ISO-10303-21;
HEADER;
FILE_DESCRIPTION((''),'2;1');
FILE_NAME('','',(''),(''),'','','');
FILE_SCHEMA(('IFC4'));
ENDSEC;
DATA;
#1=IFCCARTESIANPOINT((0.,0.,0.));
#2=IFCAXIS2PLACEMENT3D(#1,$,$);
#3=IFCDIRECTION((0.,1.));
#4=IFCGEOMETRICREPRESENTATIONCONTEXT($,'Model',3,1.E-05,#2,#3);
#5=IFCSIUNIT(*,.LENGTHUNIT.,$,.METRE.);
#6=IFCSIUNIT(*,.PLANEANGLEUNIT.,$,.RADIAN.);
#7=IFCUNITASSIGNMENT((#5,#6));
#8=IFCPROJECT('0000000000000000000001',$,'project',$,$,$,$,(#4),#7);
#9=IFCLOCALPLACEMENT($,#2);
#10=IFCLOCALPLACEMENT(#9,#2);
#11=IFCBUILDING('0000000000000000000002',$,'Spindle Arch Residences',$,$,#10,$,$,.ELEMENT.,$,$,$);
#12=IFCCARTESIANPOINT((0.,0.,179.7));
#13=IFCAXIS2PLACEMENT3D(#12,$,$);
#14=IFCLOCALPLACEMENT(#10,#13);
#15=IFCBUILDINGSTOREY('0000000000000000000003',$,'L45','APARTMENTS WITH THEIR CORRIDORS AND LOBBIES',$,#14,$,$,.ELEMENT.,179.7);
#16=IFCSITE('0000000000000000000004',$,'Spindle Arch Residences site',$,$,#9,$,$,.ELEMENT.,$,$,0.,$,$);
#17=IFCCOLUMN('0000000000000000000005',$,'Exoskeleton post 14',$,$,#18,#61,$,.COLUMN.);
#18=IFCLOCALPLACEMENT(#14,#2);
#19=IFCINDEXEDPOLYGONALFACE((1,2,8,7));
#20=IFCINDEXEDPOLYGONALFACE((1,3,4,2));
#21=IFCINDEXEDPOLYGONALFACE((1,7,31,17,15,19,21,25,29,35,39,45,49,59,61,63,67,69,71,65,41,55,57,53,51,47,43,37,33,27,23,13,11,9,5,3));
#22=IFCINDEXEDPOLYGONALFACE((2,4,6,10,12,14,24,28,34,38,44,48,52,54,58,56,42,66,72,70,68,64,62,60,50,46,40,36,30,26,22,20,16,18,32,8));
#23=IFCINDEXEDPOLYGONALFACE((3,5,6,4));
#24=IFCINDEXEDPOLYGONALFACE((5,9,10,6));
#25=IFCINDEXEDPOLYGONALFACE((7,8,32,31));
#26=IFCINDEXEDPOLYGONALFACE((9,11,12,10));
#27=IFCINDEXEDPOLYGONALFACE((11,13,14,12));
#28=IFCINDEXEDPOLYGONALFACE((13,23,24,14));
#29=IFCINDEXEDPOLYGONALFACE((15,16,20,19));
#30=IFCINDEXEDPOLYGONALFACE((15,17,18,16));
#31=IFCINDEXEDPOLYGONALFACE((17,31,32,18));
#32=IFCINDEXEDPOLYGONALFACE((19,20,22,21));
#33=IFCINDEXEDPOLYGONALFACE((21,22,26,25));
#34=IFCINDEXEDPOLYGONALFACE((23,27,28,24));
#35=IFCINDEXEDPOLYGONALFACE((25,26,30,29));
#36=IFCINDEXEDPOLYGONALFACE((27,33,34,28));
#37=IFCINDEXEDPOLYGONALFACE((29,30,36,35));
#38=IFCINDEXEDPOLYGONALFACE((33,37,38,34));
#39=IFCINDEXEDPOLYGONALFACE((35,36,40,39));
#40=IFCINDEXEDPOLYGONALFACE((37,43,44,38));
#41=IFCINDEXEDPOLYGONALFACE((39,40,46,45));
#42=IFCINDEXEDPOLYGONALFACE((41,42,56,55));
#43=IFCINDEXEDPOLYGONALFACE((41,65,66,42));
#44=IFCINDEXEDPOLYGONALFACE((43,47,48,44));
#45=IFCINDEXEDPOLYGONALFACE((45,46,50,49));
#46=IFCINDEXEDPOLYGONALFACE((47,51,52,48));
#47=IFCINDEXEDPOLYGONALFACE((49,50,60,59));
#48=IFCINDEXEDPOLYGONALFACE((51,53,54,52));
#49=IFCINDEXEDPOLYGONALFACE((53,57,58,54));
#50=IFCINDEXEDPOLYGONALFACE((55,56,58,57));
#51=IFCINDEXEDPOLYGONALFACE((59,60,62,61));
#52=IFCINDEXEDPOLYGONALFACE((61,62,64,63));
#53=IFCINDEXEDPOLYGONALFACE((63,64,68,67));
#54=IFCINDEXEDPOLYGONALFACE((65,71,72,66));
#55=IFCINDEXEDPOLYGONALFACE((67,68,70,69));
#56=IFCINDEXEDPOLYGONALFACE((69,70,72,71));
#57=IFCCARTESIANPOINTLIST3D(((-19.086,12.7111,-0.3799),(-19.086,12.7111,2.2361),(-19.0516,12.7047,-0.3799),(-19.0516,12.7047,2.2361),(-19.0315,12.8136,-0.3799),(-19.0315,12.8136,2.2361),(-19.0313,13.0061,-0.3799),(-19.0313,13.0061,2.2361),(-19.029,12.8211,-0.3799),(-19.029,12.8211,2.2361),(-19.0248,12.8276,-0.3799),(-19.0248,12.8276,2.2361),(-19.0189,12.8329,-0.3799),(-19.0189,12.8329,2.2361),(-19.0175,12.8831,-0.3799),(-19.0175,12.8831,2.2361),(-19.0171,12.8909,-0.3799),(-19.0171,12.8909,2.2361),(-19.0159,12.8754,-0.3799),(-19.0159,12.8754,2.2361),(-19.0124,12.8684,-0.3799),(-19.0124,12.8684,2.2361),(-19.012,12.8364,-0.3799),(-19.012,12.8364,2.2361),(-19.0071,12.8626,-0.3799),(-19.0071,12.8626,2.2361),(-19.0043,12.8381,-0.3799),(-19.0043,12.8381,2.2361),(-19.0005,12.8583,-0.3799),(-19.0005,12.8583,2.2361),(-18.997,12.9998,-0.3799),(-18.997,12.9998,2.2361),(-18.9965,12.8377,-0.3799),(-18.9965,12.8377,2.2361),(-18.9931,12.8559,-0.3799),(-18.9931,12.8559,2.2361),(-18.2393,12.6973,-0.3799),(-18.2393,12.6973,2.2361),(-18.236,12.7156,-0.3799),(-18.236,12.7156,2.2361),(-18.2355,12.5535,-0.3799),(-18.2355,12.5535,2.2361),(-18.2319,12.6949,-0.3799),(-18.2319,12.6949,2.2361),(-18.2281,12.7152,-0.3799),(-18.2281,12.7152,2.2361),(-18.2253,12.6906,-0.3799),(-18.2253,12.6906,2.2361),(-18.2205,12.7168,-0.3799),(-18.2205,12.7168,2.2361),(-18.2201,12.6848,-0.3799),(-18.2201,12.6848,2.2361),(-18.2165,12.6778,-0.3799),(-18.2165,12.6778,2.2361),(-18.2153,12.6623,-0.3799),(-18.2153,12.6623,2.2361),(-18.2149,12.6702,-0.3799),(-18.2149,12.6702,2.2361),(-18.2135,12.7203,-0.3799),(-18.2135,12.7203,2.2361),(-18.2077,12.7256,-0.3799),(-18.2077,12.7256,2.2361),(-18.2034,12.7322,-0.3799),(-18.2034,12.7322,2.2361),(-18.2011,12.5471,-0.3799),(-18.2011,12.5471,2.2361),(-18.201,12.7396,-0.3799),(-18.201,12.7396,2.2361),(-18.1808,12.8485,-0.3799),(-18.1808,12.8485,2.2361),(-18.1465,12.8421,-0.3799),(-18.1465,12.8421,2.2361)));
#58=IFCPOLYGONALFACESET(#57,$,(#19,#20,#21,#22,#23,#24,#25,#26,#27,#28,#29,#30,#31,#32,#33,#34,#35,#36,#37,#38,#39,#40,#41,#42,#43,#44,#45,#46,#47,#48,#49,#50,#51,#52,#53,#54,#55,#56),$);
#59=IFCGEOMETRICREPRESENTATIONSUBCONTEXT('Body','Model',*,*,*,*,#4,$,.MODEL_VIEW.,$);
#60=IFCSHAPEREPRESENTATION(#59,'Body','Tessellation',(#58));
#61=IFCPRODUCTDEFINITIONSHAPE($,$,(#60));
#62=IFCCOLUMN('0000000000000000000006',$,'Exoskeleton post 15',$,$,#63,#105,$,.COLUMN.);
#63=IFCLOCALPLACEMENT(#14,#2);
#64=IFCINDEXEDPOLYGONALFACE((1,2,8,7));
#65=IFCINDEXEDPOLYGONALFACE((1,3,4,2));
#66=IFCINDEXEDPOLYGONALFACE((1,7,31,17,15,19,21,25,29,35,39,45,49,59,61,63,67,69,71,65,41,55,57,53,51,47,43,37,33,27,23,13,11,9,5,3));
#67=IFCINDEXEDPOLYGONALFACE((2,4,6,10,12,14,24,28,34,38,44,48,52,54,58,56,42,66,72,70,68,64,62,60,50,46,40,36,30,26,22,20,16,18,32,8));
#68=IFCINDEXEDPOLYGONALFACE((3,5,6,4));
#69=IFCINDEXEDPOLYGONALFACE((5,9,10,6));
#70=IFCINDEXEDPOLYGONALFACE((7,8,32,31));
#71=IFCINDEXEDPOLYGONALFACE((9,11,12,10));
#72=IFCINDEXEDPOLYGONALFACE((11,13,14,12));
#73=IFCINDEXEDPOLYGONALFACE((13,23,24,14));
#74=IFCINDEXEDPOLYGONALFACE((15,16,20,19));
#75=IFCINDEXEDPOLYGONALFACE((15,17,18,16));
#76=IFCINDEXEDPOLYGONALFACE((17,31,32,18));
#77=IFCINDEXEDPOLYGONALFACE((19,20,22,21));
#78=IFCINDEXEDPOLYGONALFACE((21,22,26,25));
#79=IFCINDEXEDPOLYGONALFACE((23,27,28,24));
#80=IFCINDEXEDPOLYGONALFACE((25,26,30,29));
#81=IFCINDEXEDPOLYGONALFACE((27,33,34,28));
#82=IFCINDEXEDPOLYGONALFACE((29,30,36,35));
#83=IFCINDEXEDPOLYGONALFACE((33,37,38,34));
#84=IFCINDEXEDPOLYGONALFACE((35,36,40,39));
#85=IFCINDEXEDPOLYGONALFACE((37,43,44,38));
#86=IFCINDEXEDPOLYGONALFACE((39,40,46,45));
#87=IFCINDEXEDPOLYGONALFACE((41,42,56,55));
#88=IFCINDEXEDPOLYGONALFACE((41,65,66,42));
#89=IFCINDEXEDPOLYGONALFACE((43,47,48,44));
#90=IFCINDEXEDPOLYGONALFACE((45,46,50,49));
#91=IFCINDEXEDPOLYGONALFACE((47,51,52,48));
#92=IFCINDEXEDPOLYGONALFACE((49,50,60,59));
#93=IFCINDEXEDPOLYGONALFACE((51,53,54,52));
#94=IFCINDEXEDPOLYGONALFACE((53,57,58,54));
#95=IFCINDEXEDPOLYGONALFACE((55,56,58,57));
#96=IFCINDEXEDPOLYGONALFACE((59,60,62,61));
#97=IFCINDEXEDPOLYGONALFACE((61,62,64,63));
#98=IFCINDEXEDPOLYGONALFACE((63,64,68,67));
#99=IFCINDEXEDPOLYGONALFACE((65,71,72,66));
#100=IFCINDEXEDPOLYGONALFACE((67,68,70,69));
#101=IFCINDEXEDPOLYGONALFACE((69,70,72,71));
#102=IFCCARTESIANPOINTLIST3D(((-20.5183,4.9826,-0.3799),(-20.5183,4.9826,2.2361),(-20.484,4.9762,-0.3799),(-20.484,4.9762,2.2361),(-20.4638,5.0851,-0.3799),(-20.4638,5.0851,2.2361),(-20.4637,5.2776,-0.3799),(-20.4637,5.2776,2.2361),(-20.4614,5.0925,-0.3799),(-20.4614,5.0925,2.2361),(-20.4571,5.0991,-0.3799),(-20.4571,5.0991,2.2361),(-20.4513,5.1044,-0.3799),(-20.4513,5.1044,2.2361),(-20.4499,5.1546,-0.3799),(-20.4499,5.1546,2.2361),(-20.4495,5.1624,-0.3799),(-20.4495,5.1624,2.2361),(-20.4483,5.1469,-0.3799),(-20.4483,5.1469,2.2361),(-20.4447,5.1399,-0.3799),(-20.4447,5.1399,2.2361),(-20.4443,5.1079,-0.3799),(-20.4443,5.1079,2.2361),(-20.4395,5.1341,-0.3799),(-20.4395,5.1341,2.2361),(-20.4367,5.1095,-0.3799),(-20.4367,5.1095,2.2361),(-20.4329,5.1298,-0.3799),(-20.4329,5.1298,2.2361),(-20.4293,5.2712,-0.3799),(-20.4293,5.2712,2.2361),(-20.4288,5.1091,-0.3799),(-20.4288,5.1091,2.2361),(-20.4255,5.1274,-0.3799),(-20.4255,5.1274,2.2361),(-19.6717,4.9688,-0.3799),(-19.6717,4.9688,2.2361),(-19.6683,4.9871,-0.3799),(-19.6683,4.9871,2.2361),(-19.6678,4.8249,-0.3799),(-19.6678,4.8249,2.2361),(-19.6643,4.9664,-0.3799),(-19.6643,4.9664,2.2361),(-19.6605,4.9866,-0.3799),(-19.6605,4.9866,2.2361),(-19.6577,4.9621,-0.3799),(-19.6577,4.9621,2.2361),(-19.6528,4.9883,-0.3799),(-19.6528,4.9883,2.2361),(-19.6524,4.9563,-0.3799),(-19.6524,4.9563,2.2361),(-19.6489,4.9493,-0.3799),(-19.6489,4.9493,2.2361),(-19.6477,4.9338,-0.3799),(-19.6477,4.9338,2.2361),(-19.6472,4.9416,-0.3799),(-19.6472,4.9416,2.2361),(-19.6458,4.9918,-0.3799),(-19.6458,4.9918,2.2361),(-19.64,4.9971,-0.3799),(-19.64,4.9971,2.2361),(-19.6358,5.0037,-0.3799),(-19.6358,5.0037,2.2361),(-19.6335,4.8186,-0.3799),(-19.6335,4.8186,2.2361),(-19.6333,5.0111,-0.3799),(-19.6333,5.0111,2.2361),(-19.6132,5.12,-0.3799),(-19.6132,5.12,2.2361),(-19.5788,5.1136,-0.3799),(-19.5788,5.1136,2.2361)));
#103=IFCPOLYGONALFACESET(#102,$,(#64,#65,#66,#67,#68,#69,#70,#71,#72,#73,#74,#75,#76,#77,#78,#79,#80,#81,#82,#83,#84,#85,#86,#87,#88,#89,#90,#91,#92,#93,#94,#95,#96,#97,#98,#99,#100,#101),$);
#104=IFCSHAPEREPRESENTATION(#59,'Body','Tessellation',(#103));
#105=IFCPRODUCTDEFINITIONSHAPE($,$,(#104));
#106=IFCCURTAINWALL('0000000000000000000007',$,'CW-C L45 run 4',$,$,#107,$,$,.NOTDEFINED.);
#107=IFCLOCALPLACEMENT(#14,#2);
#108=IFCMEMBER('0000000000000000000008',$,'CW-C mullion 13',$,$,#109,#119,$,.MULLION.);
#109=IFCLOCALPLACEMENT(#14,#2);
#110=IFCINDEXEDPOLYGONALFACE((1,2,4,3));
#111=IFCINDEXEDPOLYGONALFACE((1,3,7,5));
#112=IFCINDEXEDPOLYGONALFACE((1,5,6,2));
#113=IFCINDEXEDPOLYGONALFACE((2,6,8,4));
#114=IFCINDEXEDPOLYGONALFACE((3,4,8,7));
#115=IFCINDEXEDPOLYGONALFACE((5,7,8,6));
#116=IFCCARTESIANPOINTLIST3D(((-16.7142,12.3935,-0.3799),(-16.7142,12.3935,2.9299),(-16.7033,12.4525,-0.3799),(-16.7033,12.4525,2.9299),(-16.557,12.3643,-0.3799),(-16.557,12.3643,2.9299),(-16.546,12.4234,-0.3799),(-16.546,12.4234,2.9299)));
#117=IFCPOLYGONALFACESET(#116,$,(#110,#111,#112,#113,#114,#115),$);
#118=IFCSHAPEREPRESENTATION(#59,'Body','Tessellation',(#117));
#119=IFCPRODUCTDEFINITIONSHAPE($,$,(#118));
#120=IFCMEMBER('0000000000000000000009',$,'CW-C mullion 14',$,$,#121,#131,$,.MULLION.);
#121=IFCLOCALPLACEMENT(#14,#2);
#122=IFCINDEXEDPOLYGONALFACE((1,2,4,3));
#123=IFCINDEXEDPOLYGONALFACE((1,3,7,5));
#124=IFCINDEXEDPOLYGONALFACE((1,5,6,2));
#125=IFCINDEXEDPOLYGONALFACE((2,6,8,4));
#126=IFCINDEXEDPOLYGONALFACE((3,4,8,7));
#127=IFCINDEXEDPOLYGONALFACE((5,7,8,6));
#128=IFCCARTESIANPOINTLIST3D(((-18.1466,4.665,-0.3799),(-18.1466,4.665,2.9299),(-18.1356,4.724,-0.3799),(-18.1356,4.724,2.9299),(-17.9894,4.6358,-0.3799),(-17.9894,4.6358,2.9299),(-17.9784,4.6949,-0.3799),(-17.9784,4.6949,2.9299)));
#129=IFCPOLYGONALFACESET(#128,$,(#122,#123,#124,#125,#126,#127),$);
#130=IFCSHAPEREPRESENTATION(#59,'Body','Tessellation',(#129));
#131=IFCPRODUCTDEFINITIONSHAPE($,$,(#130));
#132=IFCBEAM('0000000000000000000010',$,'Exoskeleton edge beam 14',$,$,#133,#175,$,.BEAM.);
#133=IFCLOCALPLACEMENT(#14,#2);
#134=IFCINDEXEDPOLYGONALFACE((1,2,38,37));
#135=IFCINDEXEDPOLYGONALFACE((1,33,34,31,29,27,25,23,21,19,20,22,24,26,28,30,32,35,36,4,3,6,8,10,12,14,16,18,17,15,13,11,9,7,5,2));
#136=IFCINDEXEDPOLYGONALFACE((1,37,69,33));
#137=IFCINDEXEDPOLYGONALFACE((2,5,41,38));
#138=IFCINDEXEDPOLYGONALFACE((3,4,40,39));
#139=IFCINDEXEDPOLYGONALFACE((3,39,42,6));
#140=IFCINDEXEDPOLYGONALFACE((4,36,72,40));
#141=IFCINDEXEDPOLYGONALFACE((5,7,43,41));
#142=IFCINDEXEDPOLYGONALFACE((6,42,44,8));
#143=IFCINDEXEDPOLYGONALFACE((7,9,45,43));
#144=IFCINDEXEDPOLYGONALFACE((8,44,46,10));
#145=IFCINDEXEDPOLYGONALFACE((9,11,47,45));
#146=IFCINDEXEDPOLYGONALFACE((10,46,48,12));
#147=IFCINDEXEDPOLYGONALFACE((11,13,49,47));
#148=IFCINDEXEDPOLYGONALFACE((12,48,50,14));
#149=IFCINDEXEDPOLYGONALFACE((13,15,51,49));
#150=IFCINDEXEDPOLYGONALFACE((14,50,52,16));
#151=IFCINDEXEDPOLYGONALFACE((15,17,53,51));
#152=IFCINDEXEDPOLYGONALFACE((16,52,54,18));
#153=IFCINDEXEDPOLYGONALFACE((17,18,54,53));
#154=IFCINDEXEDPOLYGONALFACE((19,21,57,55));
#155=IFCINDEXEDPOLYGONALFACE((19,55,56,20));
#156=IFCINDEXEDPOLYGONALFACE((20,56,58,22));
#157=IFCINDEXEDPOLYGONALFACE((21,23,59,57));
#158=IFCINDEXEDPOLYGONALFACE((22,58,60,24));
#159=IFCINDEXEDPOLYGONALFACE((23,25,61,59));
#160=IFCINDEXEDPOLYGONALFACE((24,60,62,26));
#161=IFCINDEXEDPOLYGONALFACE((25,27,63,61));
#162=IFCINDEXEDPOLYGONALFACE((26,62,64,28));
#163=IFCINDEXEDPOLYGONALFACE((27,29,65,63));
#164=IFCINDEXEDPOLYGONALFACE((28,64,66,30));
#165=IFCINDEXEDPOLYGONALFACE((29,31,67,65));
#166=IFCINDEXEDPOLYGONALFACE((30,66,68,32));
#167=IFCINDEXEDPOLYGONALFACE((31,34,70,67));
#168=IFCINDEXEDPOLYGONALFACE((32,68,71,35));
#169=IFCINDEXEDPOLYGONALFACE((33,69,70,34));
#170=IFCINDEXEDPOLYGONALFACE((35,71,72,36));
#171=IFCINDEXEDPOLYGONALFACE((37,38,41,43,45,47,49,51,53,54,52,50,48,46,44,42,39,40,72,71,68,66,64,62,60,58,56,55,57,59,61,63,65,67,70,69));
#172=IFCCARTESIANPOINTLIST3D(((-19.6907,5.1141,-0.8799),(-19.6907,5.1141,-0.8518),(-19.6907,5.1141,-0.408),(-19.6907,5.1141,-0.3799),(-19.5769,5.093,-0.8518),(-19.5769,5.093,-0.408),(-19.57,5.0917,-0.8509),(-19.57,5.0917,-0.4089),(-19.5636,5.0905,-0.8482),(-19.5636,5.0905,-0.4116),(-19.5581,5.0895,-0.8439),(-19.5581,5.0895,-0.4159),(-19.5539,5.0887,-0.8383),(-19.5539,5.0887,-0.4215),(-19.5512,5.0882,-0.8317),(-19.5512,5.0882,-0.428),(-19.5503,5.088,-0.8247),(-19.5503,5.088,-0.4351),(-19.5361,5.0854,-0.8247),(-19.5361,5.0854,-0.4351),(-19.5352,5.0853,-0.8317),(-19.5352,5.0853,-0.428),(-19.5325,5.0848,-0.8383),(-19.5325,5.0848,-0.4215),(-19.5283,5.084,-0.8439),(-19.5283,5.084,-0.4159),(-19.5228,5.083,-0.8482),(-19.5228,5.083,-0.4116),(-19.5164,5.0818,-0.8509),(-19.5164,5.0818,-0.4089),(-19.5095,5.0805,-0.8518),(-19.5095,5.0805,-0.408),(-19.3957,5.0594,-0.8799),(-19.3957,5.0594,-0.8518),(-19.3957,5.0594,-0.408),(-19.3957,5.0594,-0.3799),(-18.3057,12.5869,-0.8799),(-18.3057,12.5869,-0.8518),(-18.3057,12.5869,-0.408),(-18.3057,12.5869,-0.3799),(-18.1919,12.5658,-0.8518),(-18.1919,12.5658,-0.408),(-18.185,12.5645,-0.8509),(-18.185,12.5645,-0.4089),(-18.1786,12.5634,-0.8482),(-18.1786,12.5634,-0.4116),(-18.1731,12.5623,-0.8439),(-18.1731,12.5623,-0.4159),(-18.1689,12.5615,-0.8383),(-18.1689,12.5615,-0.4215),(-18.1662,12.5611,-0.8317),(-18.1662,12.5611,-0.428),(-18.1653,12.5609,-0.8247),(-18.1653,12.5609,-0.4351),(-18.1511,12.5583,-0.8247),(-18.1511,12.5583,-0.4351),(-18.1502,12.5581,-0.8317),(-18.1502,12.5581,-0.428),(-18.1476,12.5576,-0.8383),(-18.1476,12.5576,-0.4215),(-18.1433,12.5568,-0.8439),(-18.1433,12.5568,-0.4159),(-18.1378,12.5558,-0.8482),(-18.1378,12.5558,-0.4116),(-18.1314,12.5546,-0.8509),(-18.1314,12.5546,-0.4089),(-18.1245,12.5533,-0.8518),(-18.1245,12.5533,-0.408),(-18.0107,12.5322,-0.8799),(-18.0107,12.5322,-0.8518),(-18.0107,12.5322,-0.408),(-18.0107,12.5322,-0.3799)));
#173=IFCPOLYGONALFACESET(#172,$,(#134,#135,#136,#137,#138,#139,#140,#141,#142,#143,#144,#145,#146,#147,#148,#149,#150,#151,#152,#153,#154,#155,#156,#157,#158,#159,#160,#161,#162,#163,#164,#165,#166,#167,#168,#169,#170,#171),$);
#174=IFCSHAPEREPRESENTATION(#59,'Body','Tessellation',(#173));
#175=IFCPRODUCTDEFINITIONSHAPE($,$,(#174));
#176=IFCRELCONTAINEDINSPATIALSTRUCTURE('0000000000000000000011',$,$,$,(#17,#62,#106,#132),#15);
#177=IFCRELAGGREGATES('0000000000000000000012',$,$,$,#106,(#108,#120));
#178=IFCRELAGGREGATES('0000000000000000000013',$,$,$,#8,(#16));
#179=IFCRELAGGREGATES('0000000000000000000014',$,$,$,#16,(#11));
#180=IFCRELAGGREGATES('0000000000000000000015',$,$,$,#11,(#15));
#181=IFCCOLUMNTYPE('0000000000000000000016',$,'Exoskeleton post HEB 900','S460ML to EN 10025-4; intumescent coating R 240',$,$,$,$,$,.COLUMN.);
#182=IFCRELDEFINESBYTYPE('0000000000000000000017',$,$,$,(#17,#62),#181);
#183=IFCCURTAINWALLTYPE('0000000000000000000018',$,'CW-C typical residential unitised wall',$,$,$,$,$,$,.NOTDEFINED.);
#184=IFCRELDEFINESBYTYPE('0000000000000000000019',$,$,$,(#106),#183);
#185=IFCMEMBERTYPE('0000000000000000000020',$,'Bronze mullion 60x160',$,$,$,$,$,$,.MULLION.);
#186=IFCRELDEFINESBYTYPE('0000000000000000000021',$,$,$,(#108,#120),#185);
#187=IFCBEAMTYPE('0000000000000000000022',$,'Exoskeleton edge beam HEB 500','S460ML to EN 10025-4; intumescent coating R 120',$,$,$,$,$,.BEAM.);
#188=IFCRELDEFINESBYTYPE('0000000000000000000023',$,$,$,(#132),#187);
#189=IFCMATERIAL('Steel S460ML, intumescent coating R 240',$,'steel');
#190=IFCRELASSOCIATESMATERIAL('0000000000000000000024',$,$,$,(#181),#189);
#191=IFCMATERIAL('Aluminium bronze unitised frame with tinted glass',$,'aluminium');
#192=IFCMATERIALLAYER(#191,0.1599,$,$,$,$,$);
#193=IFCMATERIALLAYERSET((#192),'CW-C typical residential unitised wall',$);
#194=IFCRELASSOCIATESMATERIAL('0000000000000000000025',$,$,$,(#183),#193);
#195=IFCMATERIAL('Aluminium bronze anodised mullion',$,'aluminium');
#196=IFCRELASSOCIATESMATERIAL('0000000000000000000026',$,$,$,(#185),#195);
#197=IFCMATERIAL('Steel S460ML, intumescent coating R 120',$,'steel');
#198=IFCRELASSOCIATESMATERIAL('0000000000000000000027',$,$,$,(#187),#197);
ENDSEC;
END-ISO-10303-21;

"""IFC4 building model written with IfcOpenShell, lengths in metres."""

from ifc_helpers import new_model, si_unit, direction, frame, origin, origin_2d, place, context, subcontext, project, spatial, rectangle, i_section, extrude, material, layer, layer_set, material_profile, profile_set, type_object, element, aggregate, save


model = new_model("IFC4")

# Units and contexts
model_context = context("Model", 3, precision=1e-05, world=origin(), true_north=direction((0.0, 1.0)))
body_context = subcontext(model_context, "Body", "Model", "MODEL_VIEW")
ifc_project = project(units=[si_unit("LENGTHUNIT", "METRE"), si_unit("PLANEANGLEUNIT", "RADIAN")], contexts=[model_context])

# Site, building, storey
site_placement = place(None, origin())
site = spatial("IfcSite", under=ifc_project, at=site_placement, Name="Spindle Arch Residences site", CompositionType="ELEMENT", RefElevation=0.0)
building_placement = place(site_placement, origin())
building = spatial("IfcBuilding", under=site, at=building_placement, Name="Spindle Arch Residences", CompositionType="ELEMENT")
storey_placement = place(building_placement, frame((0.0, 0.0, 179.7)))
storey = spatial("IfcBuildingStorey", under=building, at=storey_placement, Name="L45", Description="APARTMENTS WITH THEIR CORRIDORS AND LOBBIES", CompositionType="ELEMENT", Elevation=179.7)

# Columns
ifc_material_1 = material(Name="Steel S460ML, intumescent coating R 240", Category="steel")
ifc_material_profile_1 = material_profile(ifc_material_1, i_section(OverallWidth=0.3, OverallDepth=0.8999, WebThickness=0.0186, FlangeThickness=0.0349, FilletRadius=0.03, at=origin_2d()), Name="HEB 900")
ifc_profile_set_1 = profile_set([ifc_material_profile_1], Name="Steel S460ML, intumescent coating R 240")
column_type = type_object("IfcColumnType", Name="Exoskeleton post HEB 900", Description="S460ML to EN 10025-4; intumescent coating R 240", PredefinedType="COLUMN", material=ifc_profile_set_1)
for number, where, z_axis, x_axis, name in (
    (1, (-18.6162, 12.7766, -0.3799), (0.0, 0.0, 1.0), (0.182236, 0.983255, 0.0), "Exoskeleton post 14"),
    (2, (-20.0486, 5.0481, -0.3799), (0.0, 0.0, 1.0), (0.182236, 0.983255, 0.0), "Exoskeleton post 15"),
):
    element("IfcColumn", number, at=place(storey_placement, frame(where, z_axis=z_axis, x_axis=x_axis)), inside=storey, type_object=column_type, Name=name, PredefinedType="COLUMN", context=body_context, shape_type="SweptSolid", body=[
        extrude(i_section(OverallWidth=0.3, OverallDepth=0.8999, WebThickness=0.0186, FlangeThickness=0.0349, FilletRadius=0.03, at=origin_2d()), origin(), (0.0, 0.0, 1.0), 2.616),
    ])

# Curtain wall, members
ifc_material_2 = material(Name="Aluminium bronze unitised frame with tinted glass", Category="aluminium")
ifc_layer_1 = layer(ifc_material_2, 0.1599)
ifc_layer_set_1 = layer_set([ifc_layer_1], Name="CW-C typical residential unitised wall")
curtain_wall_type = type_object("IfcCurtainWallType", Name="CW-C typical residential unitised wall", PredefinedType="NOTDEFINED", material=ifc_layer_set_1)
curtain_wall_placement = place(storey_placement, origin())
curtain_wall = element("IfcCurtainWall", 3, at=curtain_wall_placement, inside=storey, type_object=curtain_wall_type, Name="CW-C L45 run 4", PredefinedType="NOTDEFINED")
ifc_material_3 = material(Name="Aluminium bronze anodised mullion", Category="aluminium")
ifc_material_profile_2 = material_profile(ifc_material_3, rectangle(XDim=0.1599, YDim=0.0601, at=origin_2d()), Name="MU 60x160")
ifc_profile_set_2 = profile_set([ifc_material_profile_2], Name="Aluminium bronze anodised mullion")
member_type = type_object("IfcMemberType", Name="Bronze mullion 60x160", PredefinedType="MULLION", material=ifc_profile_set_2)
member_1_placement = place(storey_placement, frame((-16.6301, 12.4084, -0.3799), z_axis=(0.0, 0.0, 1.0), x_axis=(0.983255, -0.182236, 0.0)))
member_1 = element("IfcMember", 4, at=member_1_placement, type_object=member_type, Name="CW-C mullion 13", PredefinedType="MULLION", context=body_context, shape_type="SweptSolid", body=[
    extrude(rectangle(XDim=0.1599, YDim=0.0601, at=origin_2d()), origin(), (0.0, 0.0, 1.0), 3.3098),
])
member_2_placement = place(storey_placement, frame((-18.0625, 4.6799, -0.3799), z_axis=(0.0, 0.0, 1.0), x_axis=(0.983255, -0.182236, 0.0)))
member_2 = element("IfcMember", 5, at=member_2_placement, type_object=member_type, Name="CW-C mullion 14", PredefinedType="MULLION", context=body_context, shape_type="SweptSolid", body=[
    extrude(rectangle(XDim=0.1599, YDim=0.0601, at=origin_2d()), origin(), (0.0, 0.0, 1.0), 3.3098),
])

# Beam
ifc_material_4 = material(Name="Steel S460ML, intumescent coating R 120", Category="steel")
ifc_material_profile_3 = material_profile(ifc_material_4, i_section(OverallWidth=0.3, OverallDepth=0.5, WebThickness=0.0144, FlangeThickness=0.0281, FilletRadius=0.0271, at=origin_2d()), Name="HEB 500")
ifc_profile_set_3 = profile_set([ifc_material_profile_3], Name="Steel S460ML, intumescent coating R 120")
beam_type_1 = type_object("IfcBeamType", Name="Exoskeleton edge beam HEB 500", Description="S460ML to EN 10025-4; intumescent coating R 120", PredefinedType="BEAM", material=ifc_profile_set_3)
for number, where, z_axis, x_axis, name in (
    (6, (-18.1582, 12.5596, -0.6299), (-0.182234, -0.983255, 0.0), (0.983255, -0.182234, 0.0), "Exoskeleton edge beam 14"),
):
    element("IfcBeam", number, at=place(storey_placement, frame(where, z_axis=z_axis, x_axis=x_axis)), inside=storey, type_object=beam_type_1, Name=name, PredefinedType="BEAM", context=body_context, shape_type="SweptSolid", body=[
        extrude(i_section(OverallWidth=0.3, OverallDepth=0.5, WebThickness=0.0144, FlangeThickness=0.0281, FilletRadius=0.0271, at=origin_2d()), origin(), (0.0, 0.0, 1.0), 7.6001),
    ])

aggregate(curtain_wall, [member_1, member_2])

save(model, "model.ifc")
